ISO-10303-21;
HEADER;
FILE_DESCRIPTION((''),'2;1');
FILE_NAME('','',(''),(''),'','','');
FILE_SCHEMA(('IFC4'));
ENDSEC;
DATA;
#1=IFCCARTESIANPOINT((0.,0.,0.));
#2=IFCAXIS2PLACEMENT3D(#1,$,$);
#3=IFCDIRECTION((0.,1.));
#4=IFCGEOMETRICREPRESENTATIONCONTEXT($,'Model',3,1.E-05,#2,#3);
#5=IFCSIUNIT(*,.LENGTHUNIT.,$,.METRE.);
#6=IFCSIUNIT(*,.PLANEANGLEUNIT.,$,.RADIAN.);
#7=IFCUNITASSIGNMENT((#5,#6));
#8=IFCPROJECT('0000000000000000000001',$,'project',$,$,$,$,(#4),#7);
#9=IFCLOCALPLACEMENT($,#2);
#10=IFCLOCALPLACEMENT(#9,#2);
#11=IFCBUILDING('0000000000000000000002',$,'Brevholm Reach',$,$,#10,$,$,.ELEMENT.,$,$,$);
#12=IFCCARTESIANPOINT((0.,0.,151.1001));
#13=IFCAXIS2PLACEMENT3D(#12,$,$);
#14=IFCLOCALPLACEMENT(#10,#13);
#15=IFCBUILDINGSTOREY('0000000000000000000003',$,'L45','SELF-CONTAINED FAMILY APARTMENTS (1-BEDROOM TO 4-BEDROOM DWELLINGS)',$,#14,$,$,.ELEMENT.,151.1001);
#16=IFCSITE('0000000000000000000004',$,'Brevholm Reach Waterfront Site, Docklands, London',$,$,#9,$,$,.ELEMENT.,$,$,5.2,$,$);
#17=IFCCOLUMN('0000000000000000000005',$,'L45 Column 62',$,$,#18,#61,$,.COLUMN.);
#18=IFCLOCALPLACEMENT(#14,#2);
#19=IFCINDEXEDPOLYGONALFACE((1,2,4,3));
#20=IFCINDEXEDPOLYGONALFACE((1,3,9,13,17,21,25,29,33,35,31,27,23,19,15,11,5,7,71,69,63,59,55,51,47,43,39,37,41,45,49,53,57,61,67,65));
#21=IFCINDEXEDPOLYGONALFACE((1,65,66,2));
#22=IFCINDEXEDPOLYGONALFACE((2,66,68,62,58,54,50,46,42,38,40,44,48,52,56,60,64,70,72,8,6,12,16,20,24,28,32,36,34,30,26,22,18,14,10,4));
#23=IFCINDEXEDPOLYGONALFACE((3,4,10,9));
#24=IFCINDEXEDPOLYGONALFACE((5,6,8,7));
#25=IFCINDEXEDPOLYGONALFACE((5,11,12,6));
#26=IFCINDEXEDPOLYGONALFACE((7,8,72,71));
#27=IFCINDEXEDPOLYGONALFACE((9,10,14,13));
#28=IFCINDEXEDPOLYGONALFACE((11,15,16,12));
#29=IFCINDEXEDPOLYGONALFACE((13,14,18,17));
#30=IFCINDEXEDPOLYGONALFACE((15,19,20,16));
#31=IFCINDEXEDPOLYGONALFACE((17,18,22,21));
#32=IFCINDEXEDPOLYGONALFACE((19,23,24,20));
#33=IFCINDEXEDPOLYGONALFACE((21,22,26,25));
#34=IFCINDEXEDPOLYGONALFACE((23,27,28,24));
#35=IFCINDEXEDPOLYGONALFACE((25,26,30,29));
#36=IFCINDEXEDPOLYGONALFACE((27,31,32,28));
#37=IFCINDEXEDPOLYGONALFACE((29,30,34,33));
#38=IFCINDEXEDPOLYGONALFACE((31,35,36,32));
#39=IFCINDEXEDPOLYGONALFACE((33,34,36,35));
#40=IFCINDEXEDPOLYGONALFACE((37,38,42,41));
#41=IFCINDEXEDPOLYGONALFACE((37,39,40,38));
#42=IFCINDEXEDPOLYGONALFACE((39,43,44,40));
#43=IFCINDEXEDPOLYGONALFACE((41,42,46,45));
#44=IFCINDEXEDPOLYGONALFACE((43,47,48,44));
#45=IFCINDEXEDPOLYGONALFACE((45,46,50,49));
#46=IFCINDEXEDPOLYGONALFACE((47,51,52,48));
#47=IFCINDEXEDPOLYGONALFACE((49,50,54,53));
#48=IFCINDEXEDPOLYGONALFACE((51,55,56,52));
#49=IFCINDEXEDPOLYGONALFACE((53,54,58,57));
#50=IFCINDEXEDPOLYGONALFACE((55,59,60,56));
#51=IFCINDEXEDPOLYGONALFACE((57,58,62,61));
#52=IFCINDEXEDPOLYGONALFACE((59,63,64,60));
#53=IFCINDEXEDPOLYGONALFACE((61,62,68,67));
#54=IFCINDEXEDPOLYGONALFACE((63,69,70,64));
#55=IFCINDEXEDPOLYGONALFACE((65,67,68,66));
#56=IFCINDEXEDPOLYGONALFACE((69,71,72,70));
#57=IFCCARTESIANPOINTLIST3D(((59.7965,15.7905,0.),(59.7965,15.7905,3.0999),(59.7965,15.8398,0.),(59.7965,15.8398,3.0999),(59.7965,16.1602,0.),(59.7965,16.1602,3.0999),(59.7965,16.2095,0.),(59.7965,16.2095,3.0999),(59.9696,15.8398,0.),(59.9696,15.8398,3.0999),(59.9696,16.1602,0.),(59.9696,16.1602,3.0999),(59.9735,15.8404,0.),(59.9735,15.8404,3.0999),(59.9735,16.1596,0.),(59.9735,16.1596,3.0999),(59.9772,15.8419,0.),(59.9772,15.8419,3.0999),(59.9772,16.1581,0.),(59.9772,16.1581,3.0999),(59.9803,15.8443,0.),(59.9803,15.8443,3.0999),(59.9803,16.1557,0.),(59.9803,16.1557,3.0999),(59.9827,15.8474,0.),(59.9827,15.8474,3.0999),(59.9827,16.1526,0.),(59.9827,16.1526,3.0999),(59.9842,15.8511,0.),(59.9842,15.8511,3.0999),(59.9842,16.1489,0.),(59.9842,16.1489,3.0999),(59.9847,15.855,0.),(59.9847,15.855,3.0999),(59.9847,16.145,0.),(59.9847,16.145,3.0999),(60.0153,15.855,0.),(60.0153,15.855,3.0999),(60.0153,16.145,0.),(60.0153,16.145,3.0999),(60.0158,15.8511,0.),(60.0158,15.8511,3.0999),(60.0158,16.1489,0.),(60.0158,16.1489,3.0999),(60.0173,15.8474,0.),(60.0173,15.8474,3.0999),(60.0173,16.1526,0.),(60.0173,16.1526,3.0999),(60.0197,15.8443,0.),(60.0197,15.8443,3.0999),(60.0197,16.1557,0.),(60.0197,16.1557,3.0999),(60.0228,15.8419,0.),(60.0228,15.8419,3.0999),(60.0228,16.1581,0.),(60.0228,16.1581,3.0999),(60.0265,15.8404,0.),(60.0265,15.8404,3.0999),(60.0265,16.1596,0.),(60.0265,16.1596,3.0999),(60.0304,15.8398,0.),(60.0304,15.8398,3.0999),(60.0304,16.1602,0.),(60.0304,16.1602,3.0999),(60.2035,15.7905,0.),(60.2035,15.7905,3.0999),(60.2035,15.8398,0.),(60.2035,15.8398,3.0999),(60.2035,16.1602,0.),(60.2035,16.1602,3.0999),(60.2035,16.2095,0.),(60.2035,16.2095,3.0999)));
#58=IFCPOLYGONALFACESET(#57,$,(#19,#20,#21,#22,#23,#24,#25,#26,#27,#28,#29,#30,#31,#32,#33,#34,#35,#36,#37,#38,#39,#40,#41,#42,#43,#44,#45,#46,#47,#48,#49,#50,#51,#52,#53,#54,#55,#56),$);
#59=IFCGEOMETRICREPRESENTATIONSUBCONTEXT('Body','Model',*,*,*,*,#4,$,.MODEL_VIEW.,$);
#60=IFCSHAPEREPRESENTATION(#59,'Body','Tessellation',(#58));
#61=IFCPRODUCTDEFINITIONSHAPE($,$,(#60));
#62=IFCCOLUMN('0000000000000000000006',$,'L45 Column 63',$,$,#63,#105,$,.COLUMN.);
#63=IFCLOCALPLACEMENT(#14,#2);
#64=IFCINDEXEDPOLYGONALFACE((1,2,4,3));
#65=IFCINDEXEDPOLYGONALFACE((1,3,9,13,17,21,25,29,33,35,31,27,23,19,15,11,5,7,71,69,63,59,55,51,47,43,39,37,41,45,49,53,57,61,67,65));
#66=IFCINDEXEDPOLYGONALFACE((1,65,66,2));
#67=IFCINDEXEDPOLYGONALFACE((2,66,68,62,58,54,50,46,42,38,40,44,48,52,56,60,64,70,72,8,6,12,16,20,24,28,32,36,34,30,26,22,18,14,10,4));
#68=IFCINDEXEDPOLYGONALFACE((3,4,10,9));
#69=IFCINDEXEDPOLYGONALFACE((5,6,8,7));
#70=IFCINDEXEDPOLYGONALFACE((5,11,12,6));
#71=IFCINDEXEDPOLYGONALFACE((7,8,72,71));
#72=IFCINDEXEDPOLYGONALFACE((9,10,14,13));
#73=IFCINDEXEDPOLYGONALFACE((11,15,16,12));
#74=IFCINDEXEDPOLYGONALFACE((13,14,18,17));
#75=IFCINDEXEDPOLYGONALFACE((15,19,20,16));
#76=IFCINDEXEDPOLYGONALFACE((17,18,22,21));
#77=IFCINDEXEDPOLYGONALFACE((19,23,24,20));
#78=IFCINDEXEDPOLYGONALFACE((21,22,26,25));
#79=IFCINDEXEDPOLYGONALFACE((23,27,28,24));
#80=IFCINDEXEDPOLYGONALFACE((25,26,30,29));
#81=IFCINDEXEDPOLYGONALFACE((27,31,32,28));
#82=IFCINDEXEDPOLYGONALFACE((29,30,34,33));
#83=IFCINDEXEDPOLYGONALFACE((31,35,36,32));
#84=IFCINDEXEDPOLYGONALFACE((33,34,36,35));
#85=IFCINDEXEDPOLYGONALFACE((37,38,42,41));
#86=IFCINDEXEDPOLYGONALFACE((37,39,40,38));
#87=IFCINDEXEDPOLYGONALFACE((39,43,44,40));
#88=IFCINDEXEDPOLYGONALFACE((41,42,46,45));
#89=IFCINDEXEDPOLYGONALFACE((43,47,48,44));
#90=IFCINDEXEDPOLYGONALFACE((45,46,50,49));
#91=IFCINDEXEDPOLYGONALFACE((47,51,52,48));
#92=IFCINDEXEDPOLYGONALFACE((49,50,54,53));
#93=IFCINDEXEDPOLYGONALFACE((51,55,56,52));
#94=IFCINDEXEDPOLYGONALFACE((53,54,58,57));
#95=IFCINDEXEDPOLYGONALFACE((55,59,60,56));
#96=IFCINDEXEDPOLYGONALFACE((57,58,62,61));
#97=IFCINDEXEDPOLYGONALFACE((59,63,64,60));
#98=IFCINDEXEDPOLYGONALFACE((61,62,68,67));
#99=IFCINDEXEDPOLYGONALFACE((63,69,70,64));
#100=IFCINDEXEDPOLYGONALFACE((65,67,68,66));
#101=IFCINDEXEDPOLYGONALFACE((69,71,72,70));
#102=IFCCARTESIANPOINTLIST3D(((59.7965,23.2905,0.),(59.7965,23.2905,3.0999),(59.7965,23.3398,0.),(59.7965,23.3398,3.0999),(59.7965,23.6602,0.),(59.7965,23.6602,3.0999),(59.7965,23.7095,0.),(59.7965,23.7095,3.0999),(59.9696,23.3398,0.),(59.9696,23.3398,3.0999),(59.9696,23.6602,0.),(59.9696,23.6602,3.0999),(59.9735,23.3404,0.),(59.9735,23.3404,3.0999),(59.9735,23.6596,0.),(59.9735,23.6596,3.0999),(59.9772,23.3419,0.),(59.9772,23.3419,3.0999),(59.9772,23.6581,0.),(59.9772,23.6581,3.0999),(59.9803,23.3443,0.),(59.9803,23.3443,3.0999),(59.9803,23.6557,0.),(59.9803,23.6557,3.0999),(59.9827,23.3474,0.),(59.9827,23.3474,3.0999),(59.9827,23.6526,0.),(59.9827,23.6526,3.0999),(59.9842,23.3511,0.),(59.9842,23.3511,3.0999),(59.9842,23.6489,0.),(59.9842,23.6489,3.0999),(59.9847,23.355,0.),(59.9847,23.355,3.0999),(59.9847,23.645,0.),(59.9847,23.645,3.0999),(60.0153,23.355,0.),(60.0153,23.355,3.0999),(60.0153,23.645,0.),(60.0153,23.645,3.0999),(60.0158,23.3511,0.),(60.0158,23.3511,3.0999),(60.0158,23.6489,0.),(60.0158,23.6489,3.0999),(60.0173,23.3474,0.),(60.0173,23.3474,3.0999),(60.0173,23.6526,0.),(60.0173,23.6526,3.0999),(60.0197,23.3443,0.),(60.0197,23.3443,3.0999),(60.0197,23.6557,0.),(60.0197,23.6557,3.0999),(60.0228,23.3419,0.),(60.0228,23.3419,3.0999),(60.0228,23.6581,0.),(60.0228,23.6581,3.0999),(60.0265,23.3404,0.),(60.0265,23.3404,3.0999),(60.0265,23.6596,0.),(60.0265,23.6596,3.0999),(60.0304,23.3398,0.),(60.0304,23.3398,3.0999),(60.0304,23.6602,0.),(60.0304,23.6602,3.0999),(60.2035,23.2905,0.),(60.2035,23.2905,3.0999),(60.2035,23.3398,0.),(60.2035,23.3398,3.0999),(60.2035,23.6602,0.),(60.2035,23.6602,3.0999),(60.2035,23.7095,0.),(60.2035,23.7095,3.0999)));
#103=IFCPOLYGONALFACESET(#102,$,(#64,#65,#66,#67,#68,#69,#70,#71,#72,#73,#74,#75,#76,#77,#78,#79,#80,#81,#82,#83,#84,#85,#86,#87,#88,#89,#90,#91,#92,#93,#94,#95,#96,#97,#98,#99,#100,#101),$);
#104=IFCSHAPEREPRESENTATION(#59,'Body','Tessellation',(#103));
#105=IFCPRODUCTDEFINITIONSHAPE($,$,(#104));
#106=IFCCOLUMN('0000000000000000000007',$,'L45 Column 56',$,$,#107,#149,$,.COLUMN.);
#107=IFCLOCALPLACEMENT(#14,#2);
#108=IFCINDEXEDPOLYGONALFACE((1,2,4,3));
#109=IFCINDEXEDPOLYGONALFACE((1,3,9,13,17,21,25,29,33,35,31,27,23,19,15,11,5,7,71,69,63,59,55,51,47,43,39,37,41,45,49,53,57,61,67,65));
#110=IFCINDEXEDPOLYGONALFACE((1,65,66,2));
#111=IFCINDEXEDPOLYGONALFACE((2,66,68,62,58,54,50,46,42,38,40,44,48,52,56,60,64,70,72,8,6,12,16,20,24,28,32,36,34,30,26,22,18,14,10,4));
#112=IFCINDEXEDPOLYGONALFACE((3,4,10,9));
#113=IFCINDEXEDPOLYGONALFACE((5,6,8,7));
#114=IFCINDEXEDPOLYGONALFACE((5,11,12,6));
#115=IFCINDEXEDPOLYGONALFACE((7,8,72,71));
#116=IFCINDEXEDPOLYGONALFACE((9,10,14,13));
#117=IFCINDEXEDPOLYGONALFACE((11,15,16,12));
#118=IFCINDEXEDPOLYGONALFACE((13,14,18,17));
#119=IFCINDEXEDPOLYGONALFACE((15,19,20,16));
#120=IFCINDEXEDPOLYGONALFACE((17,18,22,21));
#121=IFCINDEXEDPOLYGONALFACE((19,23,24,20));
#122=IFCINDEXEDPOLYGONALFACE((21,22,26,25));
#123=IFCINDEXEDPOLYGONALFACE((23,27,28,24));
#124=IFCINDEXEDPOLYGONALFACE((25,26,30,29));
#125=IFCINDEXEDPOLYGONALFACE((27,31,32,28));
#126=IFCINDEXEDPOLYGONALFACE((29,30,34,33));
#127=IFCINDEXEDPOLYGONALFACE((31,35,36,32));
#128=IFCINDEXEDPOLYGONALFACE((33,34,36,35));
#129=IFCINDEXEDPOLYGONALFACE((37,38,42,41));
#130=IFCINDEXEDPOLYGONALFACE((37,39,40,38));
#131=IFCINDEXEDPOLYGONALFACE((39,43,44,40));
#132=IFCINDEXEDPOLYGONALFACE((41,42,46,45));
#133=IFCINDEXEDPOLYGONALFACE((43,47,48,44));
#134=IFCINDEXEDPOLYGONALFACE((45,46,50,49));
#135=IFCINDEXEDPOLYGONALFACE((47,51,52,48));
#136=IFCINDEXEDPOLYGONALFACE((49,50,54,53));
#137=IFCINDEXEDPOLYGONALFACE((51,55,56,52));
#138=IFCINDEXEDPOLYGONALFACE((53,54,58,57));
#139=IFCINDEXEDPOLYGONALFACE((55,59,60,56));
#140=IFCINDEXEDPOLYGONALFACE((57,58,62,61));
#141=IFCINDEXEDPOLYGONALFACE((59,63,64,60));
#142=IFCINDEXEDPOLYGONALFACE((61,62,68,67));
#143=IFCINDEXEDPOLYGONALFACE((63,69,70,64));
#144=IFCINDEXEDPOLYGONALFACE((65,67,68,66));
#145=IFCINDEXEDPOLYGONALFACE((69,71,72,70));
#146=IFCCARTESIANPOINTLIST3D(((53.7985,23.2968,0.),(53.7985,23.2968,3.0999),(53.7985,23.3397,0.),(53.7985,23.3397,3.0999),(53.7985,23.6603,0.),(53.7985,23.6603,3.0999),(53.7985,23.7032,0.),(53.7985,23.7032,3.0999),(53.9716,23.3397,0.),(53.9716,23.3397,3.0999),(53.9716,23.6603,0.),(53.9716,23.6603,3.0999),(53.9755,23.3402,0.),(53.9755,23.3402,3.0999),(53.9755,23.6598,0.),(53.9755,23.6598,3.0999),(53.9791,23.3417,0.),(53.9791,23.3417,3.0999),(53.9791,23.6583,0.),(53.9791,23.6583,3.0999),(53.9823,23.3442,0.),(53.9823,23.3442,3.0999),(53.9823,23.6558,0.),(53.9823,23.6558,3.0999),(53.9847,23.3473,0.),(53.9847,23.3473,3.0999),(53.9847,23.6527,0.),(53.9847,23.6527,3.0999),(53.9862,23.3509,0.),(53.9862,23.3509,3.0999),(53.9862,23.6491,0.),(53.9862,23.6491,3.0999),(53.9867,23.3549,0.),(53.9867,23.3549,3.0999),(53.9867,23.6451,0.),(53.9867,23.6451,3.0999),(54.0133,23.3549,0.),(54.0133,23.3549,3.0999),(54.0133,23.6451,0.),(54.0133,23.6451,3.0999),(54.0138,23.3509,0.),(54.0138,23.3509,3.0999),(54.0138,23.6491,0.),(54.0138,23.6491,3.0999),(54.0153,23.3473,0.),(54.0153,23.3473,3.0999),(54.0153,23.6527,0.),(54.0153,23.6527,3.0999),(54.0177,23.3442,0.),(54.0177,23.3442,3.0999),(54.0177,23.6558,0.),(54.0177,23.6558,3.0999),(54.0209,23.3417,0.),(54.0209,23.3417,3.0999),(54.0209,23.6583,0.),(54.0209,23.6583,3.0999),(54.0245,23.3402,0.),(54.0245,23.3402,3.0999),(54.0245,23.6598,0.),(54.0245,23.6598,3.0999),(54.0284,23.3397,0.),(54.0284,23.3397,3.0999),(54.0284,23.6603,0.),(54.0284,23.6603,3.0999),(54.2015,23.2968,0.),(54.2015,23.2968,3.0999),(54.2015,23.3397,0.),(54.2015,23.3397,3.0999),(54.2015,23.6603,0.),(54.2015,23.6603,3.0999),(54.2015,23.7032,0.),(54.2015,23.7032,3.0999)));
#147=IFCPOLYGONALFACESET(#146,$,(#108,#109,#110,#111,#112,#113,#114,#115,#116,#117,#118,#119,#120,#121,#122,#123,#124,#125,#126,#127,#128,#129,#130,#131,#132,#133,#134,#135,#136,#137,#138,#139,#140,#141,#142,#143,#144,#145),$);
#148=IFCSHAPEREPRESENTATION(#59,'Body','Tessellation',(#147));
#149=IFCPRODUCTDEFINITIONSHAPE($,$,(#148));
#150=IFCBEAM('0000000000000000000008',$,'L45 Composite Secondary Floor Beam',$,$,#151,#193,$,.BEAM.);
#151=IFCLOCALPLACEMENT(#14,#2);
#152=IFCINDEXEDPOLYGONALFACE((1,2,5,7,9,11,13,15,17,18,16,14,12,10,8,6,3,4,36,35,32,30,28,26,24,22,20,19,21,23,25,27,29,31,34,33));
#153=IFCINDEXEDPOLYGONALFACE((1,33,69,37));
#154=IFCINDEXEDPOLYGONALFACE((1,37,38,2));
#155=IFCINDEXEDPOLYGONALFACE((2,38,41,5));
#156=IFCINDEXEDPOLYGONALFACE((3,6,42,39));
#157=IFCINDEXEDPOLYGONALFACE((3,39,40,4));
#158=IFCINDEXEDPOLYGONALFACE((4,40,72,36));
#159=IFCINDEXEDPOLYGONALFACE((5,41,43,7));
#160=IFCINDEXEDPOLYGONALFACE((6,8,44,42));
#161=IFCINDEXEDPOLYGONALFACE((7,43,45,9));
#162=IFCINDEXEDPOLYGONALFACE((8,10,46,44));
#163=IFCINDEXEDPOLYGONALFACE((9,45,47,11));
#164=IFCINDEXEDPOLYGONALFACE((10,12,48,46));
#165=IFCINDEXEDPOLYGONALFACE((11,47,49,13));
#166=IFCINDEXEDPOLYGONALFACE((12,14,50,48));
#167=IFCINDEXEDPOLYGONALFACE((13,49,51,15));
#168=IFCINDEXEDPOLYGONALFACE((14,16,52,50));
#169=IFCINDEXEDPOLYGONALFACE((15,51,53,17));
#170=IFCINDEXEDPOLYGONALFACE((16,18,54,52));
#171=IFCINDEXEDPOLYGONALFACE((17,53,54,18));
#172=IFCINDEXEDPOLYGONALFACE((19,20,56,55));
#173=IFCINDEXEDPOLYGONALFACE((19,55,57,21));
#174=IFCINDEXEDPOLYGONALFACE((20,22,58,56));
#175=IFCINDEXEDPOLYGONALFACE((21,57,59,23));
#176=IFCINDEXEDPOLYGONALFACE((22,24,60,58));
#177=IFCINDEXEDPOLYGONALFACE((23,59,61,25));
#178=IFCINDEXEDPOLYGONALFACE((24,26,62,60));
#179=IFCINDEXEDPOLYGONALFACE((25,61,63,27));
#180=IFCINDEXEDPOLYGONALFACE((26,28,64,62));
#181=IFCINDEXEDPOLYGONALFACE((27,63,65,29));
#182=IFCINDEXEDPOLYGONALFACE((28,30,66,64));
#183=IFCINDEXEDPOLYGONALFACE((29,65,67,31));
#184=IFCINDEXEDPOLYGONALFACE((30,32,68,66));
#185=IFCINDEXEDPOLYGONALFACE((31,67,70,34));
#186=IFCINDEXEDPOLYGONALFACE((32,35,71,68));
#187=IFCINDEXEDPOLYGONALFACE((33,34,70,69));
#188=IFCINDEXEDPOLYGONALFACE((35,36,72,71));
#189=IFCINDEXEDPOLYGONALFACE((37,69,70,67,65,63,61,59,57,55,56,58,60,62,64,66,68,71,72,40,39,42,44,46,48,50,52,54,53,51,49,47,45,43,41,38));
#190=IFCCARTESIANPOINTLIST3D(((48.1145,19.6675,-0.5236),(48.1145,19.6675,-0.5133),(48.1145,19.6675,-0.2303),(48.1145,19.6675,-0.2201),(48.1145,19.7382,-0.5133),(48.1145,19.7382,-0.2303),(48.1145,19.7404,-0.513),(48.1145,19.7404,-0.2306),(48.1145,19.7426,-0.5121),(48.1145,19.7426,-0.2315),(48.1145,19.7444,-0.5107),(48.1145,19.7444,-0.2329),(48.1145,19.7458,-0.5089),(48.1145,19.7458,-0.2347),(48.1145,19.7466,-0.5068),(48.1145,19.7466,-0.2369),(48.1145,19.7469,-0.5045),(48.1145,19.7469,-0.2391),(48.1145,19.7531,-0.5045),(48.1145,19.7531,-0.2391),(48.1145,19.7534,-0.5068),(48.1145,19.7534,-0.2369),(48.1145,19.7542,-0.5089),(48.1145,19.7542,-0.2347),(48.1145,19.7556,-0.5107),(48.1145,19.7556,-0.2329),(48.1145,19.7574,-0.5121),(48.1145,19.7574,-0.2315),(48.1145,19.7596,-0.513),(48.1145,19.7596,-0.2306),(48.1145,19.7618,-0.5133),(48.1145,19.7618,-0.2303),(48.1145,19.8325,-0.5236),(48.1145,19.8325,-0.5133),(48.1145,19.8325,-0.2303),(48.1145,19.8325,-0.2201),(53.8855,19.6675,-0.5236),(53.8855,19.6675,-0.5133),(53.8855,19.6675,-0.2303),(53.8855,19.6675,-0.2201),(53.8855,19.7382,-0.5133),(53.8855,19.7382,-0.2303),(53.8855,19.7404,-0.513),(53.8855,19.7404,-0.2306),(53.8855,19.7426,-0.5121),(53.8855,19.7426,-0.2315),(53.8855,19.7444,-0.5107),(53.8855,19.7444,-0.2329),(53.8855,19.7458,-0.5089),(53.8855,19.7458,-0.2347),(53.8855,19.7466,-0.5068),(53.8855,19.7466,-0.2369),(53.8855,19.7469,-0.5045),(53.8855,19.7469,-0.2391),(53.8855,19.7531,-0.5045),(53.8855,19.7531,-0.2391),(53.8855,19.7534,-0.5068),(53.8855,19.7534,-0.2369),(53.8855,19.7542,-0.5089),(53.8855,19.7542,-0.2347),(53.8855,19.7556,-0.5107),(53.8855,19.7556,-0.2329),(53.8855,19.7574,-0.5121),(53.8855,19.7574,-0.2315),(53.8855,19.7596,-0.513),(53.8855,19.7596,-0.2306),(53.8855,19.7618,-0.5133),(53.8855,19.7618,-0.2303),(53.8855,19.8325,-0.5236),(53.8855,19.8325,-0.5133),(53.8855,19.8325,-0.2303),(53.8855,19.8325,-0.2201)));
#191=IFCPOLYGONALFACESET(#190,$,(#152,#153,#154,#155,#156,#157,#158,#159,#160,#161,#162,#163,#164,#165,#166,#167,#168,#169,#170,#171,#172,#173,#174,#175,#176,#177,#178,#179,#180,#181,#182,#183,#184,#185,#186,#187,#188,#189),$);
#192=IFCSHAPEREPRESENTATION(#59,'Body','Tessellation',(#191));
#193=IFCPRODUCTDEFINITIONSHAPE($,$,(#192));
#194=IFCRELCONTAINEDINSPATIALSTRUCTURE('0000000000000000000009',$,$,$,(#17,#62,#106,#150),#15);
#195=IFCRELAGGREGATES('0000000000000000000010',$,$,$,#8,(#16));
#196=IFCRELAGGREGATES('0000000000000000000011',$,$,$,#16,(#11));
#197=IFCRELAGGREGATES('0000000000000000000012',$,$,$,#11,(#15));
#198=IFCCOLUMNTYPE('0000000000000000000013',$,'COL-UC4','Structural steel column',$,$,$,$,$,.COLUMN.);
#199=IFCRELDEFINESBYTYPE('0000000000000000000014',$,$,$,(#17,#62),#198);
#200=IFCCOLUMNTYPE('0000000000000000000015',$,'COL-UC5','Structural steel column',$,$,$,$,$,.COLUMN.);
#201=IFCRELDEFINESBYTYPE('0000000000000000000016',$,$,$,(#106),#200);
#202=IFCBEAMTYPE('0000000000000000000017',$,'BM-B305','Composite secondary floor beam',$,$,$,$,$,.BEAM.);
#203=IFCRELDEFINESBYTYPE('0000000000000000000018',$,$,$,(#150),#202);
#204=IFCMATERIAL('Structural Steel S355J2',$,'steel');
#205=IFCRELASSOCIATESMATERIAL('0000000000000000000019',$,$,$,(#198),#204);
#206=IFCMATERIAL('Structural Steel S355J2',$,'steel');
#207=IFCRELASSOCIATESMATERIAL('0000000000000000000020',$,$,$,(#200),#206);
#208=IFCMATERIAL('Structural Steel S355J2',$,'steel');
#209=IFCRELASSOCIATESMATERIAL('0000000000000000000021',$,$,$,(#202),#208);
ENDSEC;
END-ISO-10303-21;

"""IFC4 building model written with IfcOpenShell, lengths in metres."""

from ifc_helpers import new_model, si_unit, direction, frame, origin, origin_2d, place, context, subcontext, project, spatial, i_section, extrude, material, material_profile, profile_set, type_object, element, save


model = new_model("IFC4")

# Units and contexts
model_context = context("Model", 3, precision=1e-05, world=origin(), true_north=direction((0.0, 1.0)))
body_context = subcontext(model_context, "Body", "Model", "MODEL_VIEW")
ifc_project = project(units=[si_unit("LENGTHUNIT", "METRE"), si_unit("PLANEANGLEUNIT", "RADIAN")], contexts=[model_context])

# Site, building, storey
site_placement = place(None, origin())
site = spatial("IfcSite", under=ifc_project, at=site_placement, Name="Brevholm Reach Waterfront Site, Docklands, London", CompositionType="ELEMENT", RefElevation=5.2)
building_placement = place(site_placement, origin())
building = spatial("IfcBuilding", under=site, at=building_placement, Name="Brevholm Reach", CompositionType="ELEMENT")
storey_placement = place(building_placement, frame((0.0, 0.0, 151.1001)))
storey = spatial("IfcBuildingStorey", under=building, at=storey_placement, Name="L45", Description="SELF-CONTAINED FAMILY APARTMENTS (1-BEDROOM TO 4-BEDROOM DWELLINGS)", CompositionType="ELEMENT", Elevation=151.1001)

# Columns
ifc_material_1 = material(Name="Structural Steel S355J2", Category="steel")
ifc_material_profile_1 = material_profile(ifc_material_1, i_section(OverallWidth=0.407, OverallDepth=0.4189, WebThickness=0.0305, FlangeThickness=0.0493, FilletRadius=0.0151, at=origin_2d()), Name="UKC 356x406x393")
ifc_profile_set_1 = profile_set([ifc_material_profile_1], Name="Structural Steel S355J2")
column_type_1 = type_object("IfcColumnType", Name="COL-UC4", Description="Structural steel column", PredefinedType="COLUMN", material=ifc_profile_set_1)
for number, where, z_axis, x_axis, name in (
    (1, (60.0, 16.0, 0.0), (0.0, 0.0, 1.0), (1.0, 0.0, 0.0), "L45 Column 62"),
    (2, (60.0, 23.5, 0.0), (0.0, 0.0, 1.0), (1.0, 0.0, 0.0), "L45 Column 63"),
):
    element("IfcColumn", number, at=place(storey_placement, frame(where, z_axis=z_axis, x_axis=x_axis)), inside=storey, type_object=column_type_1, Name=name, PredefinedType="COLUMN", context=body_context, shape_type="SweptSolid", body=[
        extrude(i_section(OverallWidth=0.407, OverallDepth=0.4189, WebThickness=0.0305, FlangeThickness=0.0493, FilletRadius=0.0151, at=origin_2d()), origin(), (0.0, 0.0, 1.0), 3.0999),
    ])
ifc_material_2 = material(Name="Structural Steel S355J2", Category="steel")
ifc_material_profile_2 = material_profile(ifc_material_2, i_section(OverallWidth=0.4031, OverallDepth=0.4065, WebThickness=0.0266, FlangeThickness=0.043, FilletRadius=0.0151, at=origin_2d()), Name="UKC 356x406x340")
ifc_profile_set_2 = profile_set([ifc_material_profile_2], Name="Structural Steel S355J2")
column_type_2 = type_object("IfcColumnType", Name="COL-UC5", Description="Structural steel column", PredefinedType="COLUMN", material=ifc_profile_set_2)
column_placement = place(storey_placement, frame((54.0, 23.5, 0.0), z_axis=(0.0, 0.0, 1.0), x_axis=(1.0, 0.0, 0.0)))
element("IfcColumn", 3, at=column_placement, inside=storey, type_object=column_type_2, Name="L45 Column 56", PredefinedType="COLUMN", context=body_context, shape_type="SweptSolid", body=[
    extrude(i_section(OverallWidth=0.4031, OverallDepth=0.4065, WebThickness=0.0266, FlangeThickness=0.043, FilletRadius=0.0151, at=origin_2d()), origin(), (0.0, 0.0, 1.0), 3.0999),
])

# Beam
ifc_material_3 = material(Name="Structural Steel S355J2", Category="steel")
ifc_material_profile_3 = material_profile(ifc_material_3, i_section(OverallWidth=0.165, OverallDepth=0.3035, WebThickness=0.0061, FlangeThickness=0.0103, FilletRadius=0.0088, at=origin_2d()), Name="UKB 305x165x40")
ifc_profile_set_3 = profile_set([ifc_material_profile_3], Name="Structural Steel S355J2")
beam_type_1 = type_object("IfcBeamType", Name="BM-B305", Description="Composite secondary floor beam", PredefinedType="BEAM", material=ifc_profile_set_3)
beam_1_placement = place(storey_placement, frame((48.1145, 19.75, -0.3718), z_axis=(1.0, 0.0, 0.0), x_axis=(0.0, 1.0, 0.0)))
element("IfcBeam", 4, at=beam_1_placement, inside=storey, type_object=beam_type_1, Name="L45 Composite Secondary Floor Beam", PredefinedType="BEAM", context=body_context, shape_type="SweptSolid", body=[
    extrude(i_section(OverallWidth=0.165, OverallDepth=0.3035, WebThickness=0.0061, FlangeThickness=0.0103, FilletRadius=0.0088, at=origin_2d()), origin(), (0.0, 0.0, 1.0), 5.771),
])

save(model, "model.ifc")
